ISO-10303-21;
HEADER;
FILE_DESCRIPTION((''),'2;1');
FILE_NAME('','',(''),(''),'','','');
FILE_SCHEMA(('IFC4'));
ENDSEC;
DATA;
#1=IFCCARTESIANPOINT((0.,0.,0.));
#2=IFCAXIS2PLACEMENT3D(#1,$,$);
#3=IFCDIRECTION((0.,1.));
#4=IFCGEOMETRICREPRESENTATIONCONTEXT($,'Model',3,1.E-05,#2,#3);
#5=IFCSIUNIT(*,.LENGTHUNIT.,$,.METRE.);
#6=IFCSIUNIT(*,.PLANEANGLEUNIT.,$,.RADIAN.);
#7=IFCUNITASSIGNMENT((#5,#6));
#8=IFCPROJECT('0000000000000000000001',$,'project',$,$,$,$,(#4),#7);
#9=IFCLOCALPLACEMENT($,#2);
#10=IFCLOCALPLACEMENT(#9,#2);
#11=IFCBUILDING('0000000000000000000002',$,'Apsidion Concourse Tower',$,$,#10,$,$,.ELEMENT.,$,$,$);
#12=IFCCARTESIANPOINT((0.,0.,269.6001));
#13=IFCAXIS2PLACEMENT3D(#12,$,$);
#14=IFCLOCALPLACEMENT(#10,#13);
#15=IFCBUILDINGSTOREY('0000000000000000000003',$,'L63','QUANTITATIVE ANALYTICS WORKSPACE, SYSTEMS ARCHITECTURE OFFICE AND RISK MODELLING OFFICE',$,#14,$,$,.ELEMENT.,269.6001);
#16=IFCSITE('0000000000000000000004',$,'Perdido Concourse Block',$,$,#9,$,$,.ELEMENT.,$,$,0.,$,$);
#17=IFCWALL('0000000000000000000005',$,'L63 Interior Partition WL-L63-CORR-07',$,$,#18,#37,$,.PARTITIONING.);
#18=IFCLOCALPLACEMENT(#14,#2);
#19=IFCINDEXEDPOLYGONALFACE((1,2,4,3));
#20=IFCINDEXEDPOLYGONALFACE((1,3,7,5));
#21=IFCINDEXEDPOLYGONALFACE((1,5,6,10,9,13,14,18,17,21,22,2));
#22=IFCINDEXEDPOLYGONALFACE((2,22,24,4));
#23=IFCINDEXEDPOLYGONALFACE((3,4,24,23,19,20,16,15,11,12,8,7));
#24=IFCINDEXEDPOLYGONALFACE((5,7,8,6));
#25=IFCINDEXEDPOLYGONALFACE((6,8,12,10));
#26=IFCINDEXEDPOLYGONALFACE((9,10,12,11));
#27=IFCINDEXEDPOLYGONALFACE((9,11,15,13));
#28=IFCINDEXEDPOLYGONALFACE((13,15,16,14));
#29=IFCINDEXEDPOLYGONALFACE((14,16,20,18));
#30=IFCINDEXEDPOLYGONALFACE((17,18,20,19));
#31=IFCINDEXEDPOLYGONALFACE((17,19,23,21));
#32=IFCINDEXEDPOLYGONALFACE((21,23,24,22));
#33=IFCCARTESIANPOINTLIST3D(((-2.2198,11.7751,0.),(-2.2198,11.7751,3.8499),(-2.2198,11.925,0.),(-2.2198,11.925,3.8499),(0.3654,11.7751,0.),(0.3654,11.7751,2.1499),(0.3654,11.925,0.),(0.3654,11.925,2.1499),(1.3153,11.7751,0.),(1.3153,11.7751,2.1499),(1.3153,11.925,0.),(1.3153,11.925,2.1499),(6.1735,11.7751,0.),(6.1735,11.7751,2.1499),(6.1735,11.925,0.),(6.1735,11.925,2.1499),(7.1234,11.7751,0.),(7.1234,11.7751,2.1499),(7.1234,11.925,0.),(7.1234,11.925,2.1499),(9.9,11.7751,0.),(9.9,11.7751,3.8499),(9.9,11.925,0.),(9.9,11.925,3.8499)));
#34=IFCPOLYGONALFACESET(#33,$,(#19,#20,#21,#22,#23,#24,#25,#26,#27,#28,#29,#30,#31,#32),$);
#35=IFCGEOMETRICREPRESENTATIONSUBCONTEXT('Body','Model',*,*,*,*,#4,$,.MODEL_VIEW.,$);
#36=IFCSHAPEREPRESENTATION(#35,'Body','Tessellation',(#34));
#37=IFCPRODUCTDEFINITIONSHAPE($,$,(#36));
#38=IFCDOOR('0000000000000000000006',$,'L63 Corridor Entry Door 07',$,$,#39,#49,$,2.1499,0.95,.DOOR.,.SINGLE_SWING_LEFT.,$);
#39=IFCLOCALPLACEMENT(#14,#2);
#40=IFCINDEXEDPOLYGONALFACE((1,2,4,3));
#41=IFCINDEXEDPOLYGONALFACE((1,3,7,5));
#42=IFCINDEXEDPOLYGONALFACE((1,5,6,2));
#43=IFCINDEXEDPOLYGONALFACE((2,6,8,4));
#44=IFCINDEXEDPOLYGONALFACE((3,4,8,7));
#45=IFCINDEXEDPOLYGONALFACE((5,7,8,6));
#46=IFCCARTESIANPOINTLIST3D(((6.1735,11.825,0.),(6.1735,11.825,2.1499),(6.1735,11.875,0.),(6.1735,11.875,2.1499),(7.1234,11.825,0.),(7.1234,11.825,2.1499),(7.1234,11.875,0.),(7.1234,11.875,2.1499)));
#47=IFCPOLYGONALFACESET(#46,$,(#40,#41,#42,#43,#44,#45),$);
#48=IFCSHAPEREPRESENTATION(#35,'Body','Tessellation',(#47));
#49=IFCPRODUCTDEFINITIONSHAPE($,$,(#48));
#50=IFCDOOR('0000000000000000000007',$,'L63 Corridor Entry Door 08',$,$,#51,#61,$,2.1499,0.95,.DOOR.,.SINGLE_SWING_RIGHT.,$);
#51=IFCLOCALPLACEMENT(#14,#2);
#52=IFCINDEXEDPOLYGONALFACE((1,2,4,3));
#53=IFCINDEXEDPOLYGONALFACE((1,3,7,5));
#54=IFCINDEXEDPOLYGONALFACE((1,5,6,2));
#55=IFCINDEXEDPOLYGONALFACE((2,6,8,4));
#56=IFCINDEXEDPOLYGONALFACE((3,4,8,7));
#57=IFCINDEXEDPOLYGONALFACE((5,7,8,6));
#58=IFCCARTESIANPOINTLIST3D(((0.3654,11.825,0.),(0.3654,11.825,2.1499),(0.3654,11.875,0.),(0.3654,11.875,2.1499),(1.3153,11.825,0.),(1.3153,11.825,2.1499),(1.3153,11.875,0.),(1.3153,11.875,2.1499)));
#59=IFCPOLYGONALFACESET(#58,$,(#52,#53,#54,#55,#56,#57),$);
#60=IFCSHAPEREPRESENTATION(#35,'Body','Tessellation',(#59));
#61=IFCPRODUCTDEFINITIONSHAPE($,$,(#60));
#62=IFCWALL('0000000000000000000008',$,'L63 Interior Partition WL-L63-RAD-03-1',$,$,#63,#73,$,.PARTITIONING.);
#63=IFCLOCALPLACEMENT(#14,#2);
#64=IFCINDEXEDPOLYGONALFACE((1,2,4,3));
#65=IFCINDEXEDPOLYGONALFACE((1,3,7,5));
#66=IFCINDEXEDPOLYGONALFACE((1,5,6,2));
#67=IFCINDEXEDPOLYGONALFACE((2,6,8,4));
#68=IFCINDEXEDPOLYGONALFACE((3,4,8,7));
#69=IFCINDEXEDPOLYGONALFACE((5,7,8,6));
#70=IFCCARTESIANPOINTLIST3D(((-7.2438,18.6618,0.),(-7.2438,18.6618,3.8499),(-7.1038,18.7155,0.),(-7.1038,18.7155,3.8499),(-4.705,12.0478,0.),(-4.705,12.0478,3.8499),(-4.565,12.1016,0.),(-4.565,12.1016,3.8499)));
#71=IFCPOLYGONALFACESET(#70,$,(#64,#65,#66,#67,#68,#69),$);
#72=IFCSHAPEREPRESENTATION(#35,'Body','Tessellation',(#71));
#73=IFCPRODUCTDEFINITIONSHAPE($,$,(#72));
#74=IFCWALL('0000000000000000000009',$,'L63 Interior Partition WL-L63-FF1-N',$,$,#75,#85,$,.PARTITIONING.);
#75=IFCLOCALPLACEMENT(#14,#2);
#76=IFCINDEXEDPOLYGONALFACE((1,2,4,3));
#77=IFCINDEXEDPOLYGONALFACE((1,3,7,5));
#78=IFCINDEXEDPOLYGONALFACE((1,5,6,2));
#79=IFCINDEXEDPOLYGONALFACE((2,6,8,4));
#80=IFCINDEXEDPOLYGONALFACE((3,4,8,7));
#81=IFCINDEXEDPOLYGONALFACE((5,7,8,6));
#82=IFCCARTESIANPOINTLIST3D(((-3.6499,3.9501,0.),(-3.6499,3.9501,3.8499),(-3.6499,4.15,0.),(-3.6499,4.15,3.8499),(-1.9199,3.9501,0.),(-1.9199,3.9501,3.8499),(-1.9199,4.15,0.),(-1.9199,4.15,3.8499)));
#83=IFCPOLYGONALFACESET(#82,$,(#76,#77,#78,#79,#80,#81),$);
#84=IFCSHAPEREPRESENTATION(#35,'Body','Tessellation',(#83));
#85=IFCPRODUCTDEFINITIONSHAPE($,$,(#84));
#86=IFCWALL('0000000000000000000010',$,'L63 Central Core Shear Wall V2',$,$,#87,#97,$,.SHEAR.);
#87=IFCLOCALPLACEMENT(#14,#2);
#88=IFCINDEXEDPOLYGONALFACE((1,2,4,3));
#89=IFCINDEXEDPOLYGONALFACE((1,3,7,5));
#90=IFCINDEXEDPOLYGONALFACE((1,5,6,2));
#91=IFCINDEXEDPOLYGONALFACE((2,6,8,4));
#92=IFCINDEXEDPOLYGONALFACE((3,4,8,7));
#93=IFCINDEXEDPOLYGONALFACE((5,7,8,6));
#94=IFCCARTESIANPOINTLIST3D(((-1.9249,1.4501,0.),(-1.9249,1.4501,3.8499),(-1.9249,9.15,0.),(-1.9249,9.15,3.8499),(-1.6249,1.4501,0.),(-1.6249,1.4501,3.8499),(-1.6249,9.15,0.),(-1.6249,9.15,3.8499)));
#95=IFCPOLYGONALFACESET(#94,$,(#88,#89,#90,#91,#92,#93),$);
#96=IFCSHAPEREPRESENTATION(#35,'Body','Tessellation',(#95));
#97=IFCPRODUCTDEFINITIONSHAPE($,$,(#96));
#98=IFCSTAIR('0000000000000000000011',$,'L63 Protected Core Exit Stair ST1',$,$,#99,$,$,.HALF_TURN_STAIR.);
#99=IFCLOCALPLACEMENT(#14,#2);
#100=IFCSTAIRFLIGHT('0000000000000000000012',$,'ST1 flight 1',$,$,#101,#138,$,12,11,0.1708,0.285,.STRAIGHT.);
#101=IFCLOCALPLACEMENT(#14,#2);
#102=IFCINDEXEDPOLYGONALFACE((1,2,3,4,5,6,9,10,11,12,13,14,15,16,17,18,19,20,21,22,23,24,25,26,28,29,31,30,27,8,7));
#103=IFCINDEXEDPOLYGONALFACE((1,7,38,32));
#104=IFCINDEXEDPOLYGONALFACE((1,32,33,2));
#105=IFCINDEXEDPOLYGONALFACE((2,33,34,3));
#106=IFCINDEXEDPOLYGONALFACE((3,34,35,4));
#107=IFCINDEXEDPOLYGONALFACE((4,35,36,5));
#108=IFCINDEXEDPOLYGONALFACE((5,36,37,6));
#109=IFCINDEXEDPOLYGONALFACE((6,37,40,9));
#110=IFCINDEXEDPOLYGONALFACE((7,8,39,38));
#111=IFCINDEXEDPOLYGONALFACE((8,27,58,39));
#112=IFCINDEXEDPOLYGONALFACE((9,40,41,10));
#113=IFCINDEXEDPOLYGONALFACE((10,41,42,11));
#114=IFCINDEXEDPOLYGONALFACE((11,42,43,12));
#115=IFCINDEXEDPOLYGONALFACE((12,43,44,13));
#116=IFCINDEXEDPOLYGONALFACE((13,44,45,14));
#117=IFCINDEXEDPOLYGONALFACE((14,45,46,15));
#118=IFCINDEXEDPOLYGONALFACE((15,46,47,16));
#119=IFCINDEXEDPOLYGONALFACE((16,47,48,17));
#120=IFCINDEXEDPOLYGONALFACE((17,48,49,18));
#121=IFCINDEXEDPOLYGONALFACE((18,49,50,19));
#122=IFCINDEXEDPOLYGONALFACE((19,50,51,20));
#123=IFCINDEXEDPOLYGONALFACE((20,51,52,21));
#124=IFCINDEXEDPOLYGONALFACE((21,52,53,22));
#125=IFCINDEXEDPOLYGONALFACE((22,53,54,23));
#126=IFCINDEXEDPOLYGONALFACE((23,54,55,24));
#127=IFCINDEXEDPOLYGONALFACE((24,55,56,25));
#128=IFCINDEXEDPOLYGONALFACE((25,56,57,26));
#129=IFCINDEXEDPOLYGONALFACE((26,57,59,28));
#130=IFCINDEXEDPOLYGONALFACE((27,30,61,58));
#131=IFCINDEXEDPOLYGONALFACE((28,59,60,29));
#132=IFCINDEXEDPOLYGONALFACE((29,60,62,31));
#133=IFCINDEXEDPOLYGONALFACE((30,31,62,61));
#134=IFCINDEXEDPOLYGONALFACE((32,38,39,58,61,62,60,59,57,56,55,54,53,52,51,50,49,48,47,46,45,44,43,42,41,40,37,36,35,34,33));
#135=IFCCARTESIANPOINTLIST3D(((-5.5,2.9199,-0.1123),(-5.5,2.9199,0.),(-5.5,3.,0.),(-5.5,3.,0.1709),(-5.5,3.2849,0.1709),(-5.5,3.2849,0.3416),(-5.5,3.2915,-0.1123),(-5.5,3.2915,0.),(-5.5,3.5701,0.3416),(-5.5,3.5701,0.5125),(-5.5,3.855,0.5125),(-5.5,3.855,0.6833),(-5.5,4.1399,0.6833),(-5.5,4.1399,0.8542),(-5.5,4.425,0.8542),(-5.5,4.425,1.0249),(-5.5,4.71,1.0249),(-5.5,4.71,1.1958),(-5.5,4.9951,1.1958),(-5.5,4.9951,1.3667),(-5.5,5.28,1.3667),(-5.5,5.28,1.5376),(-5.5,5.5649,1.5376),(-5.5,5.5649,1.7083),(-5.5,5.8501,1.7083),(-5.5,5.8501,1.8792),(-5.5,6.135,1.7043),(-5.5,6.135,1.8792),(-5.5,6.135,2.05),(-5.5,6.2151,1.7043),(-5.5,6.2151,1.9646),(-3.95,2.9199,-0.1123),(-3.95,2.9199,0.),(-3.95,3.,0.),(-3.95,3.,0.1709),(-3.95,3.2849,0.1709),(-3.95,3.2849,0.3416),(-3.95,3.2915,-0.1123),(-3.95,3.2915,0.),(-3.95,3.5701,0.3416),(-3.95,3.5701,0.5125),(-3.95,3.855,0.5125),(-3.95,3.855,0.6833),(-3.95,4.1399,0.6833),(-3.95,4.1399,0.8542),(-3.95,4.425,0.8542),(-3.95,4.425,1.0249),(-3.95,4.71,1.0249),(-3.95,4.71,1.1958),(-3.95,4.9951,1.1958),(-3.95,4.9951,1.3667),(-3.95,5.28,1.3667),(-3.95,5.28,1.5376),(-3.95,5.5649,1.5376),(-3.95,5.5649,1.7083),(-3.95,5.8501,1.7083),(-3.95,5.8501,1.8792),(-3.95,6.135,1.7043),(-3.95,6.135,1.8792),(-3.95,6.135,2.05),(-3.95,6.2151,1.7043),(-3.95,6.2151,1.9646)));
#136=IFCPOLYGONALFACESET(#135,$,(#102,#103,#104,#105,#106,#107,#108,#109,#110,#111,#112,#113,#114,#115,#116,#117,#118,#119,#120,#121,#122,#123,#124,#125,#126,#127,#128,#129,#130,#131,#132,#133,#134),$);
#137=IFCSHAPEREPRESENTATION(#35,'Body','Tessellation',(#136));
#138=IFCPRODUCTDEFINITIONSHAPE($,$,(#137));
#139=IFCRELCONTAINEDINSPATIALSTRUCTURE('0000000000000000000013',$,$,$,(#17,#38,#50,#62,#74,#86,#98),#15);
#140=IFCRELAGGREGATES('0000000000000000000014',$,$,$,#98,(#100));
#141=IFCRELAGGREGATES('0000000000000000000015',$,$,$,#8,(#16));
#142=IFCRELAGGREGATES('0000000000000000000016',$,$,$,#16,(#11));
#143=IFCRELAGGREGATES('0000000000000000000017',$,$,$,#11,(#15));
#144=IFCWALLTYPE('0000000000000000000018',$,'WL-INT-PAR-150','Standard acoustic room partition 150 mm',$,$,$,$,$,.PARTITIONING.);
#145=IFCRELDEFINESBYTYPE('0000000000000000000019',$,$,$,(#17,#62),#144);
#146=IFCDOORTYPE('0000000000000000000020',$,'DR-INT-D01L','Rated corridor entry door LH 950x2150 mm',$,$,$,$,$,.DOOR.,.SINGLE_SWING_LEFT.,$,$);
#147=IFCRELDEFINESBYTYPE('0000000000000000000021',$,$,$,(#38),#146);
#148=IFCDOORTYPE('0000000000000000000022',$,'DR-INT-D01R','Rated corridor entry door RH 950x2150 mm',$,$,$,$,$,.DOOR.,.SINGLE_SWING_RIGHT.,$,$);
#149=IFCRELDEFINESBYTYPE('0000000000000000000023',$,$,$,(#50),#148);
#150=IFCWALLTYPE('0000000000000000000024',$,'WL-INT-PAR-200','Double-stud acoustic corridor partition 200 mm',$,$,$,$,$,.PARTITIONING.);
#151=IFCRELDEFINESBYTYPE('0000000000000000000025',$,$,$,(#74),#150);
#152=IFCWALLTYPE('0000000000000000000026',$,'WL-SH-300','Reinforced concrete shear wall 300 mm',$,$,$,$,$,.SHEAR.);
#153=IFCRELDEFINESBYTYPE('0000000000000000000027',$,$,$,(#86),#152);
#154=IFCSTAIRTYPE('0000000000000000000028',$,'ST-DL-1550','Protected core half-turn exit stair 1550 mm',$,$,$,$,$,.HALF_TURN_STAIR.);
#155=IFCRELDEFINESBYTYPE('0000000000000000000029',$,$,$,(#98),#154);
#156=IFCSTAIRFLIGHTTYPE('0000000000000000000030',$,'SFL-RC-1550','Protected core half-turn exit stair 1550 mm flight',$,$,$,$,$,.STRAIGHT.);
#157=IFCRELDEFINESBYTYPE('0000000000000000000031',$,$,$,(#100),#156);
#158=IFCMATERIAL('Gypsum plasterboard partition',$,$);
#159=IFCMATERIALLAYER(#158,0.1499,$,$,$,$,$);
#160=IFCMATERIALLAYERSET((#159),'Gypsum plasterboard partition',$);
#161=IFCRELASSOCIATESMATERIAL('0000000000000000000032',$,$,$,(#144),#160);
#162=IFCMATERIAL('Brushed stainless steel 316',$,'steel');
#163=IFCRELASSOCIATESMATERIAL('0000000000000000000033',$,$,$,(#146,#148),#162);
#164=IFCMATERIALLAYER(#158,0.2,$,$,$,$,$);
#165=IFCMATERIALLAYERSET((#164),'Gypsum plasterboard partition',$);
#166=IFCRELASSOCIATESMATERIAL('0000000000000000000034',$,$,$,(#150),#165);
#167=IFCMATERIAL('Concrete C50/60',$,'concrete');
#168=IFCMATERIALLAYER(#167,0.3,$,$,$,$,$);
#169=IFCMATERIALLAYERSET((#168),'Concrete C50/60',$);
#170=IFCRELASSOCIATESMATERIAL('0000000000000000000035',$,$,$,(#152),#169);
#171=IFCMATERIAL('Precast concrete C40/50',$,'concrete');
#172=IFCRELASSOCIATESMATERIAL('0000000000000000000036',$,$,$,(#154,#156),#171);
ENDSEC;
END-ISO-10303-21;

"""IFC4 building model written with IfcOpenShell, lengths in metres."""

from ifc_helpers import new_model, si_unit, direction, frame, frame_2d, origin, place, context, subcontext, project, spatial, polyline, rectangle, outline, extrude, material, layer, layer_set, type_object, element, fill, aggregate, save


model = new_model("IFC4")

# Units and contexts
model_context = context("Model", 3, precision=1e-05, world=origin(), true_north=direction((0.0, 1.0)))
body_context = subcontext(model_context, "Body", "Model", "MODEL_VIEW")
ifc_project = project(units=[si_unit("LENGTHUNIT", "METRE"), si_unit("PLANEANGLEUNIT", "RADIAN")], contexts=[model_context])

# Site, building, storey
site_placement = place(None, origin())
site = spatial("IfcSite", under=ifc_project, at=site_placement, Name="Perdido Concourse Block", CompositionType="ELEMENT", RefElevation=0.0)
building_placement = place(site_placement, origin())
building = spatial("IfcBuilding", under=site, at=building_placement, Name="Apsidion Concourse Tower", CompositionType="ELEMENT")
storey_placement = place(building_placement, frame((0.0, 0.0, 269.6001)))
storey = spatial("IfcBuildingStorey", under=building, at=storey_placement, Name="L63", Description="QUANTITATIVE ANALYTICS WORKSPACE, SYSTEMS ARCHITECTURE OFFICE AND RISK MODELLING OFFICE", CompositionType="ELEMENT", Elevation=269.6001)

# Shared definitions
ifc_material_1 = material(Name="Concrete C50/60", Category="concrete")

# Shared definitions
ifc_material_2 = material(Name="Gypsum plasterboard partition")
ifc_layer_1 = layer(ifc_material_2, 0.1499)
ifc_layer_set_1 = layer_set([ifc_layer_1], Name="Gypsum plasterboard partition")
wall_type_1 = type_object("IfcWallType", Name="WL-INT-PAR-150", Description="Standard acoustic room partition 150 mm", PredefinedType="PARTITIONING", material=ifc_layer_set_1)

# Wall, openings, doors
wall_1_placement = place(storey_placement, frame((-2.22, 11.8501, 0.0), z_axis=(0.0, 0.0, 1.0), x_axis=(1.0, 0.0, 0.0)))
wall_1 = element("IfcWall", 1, at=wall_1_placement, inside=storey, type_object=wall_type_1, Name="L63 Interior Partition WL-L63-CORR-07", PredefinedType="PARTITIONING", context=body_context, shape_type="SweptSolid", body=[
    extrude(rectangle(XDim=12.1199, YDim=0.1499, at=frame_2d((6.0601, 0.0))), origin(), (0.0, 0.0, 1.0), 3.8499),
])
opening_1_placement = place(wall_1_placement, frame((8.3933, 0.0, 0.0)))
opening_1 = element("IfcOpeningElement", 2, at=opening_1_placement, cuts=wall_1, PredefinedType="OPENING", context=body_context, shape_type="SweptSolid", body=[
    extrude(rectangle(XDim=0.95, YDim=2.1499, at=frame_2d((0.4751, 1.075))), frame((0.0, 0.085, 0.0), z_axis=(0.0, -1.0, 0.0), x_axis=(1.0, 0.0, 0.0)), (0.0, 0.0, 1.0), 0.1699),
])
opening_2_placement = place(wall_1_placement, frame((2.5852, 0.0, 0.0)))
opening_2 = element("IfcOpeningElement", 3, at=opening_2_placement, cuts=wall_1, PredefinedType="OPENING", context=body_context, shape_type="SweptSolid", body=[
    extrude(rectangle(XDim=0.95, YDim=2.1499, at=frame_2d((0.4751, 1.075))), frame((0.0, 0.085, 0.0), z_axis=(0.0, -1.0, 0.0), x_axis=(1.0, 0.0, 0.0)), (0.0, 0.0, 1.0), 0.1699),
])
ifc_material_3 = material(Name="Brushed stainless steel 316", Category="steel")
door_type_1 = type_object("IfcDoorType", Name="DR-INT-D01L", Description="Rated corridor entry door LH 950x2150 mm", OperationType="SINGLE_SWING_LEFT", PredefinedType="DOOR", material=ifc_material_3)
door_1_placement = place(opening_1_placement, origin())
door_1 = element("IfcDoor", 4, at=door_1_placement, inside=storey, type_object=door_type_1, Name="L63 Corridor Entry Door 07", OperationType="SINGLE_SWING_LEFT", OverallHeight=2.1499, OverallWidth=0.95, PredefinedType="DOOR", context=body_context, shape_type="SweptSolid", body=[
    extrude(rectangle(XDim=0.95, YDim=2.1499, at=frame_2d((0.4751, 1.075))), frame((0.0, 0.0249, 0.0), z_axis=(0.0, -1.0, 0.0), x_axis=(1.0, 0.0, 0.0)), (0.0, 0.0, 1.0), 0.05),
])
fill(opening_1, door_1)
door_type_2 = type_object("IfcDoorType", Name="DR-INT-D01R", Description="Rated corridor entry door RH 950x2150 mm", OperationType="SINGLE_SWING_RIGHT", PredefinedType="DOOR", material=ifc_material_3)
door_2_placement = place(opening_2_placement, origin())
door_2 = element("IfcDoor", 5, at=door_2_placement, inside=storey, type_object=door_type_2, Name="L63 Corridor Entry Door 08", OperationType="SINGLE_SWING_RIGHT", OverallHeight=2.1499, OverallWidth=0.95, PredefinedType="DOOR", context=body_context, shape_type="SweptSolid", body=[
    extrude(rectangle(XDim=0.95, YDim=2.1499, at=frame_2d((0.4751, 1.075))), frame((0.0, 0.0249, 0.0), z_axis=(0.0, -1.0, 0.0), x_axis=(1.0, 0.0, 0.0)), (0.0, 0.0, 1.0), 0.05),
])
fill(opening_2, door_2)

# Walls
wall_2_placement = place(storey_placement, frame((-4.635, 12.0747, 0.0), z_axis=(0.0, 0.0, 1.0), x_axis=(-0.35836, 0.933583, 0.0)))
element("IfcWall", 6, at=wall_2_placement, inside=storey, type_object=wall_type_1, Name="L63 Interior Partition WL-L63-RAD-03-1", PredefinedType="PARTITIONING", context=body_context, shape_type="SweptSolid", body=[
    extrude(rectangle(XDim=7.0845, YDim=0.1499, at=frame_2d((3.5422, 0.0))), origin(), (0.0, 0.0, 1.0), 3.8499),
])
ifc_layer_2 = layer(ifc_material_2, 0.2)
ifc_layer_set_2 = layer_set([ifc_layer_2], Name="Gypsum plasterboard partition")
wall_type_2 = type_object("IfcWallType", Name="WL-INT-PAR-200", Description="Double-stud acoustic corridor partition 200 mm", PredefinedType="PARTITIONING", material=ifc_layer_set_2)
wall_3_placement = place(storey_placement, frame((-3.6499, 4.05, 0.0), z_axis=(0.0, 0.0, 1.0), x_axis=(1.0, 0.0, 0.0)))
element("IfcWall", 7, at=wall_3_placement, inside=storey, type_object=wall_type_2, Name="L63 Interior Partition WL-L63-FF1-N", PredefinedType="PARTITIONING", context=body_context, shape_type="SweptSolid", body=[
    extrude(rectangle(XDim=1.73, YDim=0.2, at=frame_2d((0.865, 0.0))), origin(), (0.0, 0.0, 1.0), 3.8499),
])
ifc_layer_3 = layer(ifc_material_1, 0.3)
ifc_layer_set_3 = layer_set([ifc_layer_3], Name="Concrete C50/60")
wall_type_3 = type_object("IfcWallType", Name="WL-SH-300", Description="Reinforced concrete shear wall 300 mm", PredefinedType="SHEAR", material=ifc_layer_set_3)
wall_4_placement = place(storey_placement, frame((-1.7749, 1.45, 0.0), z_axis=(0.0, 0.0, 1.0), x_axis=(0.0, 1.0, 0.0)))
element("IfcWall", 8, at=wall_4_placement, inside=storey, type_object=wall_type_3, Name="L63 Central Core Shear Wall V2", PredefinedType="SHEAR", context=body_context, shape_type="SweptSolid", body=[
    extrude(rectangle(XDim=7.7, YDim=0.3, at=frame_2d((3.8501, 0.0))), origin(), (0.0, 0.0, 1.0), 3.8499),
])

# Stair, stair flight
ifc_material_4 = material(Name="Precast concrete C40/50", Category="concrete")
stair_type = type_object("IfcStairType", Name="ST-DL-1550", Description="Protected core half-turn exit stair 1550 mm", PredefinedType="HALF_TURN_STAIR", material=ifc_material_4)
stair_1_placement = place(storey_placement, origin())
stair_1 = element("IfcStair", 9, at=stair_1_placement, inside=storey, type_object=stair_type, Name="L63 Protected Core Exit Stair ST1", PredefinedType="HALF_TURN_STAIR")
stair_flight_type = type_object("IfcStairFlightType", Name="SFL-RC-1550", Description="Protected core half-turn exit stair 1550 mm flight", PredefinedType="STRAIGHT", material=ifc_material_4)
stair_flight_1_placement = place(storey_placement, frame((-4.7251, 3.0, 0.0), z_axis=(0.0, 0.0, 1.0), x_axis=(0.0, 1.0, 0.0)))
stair_flight_1 = element("IfcStairFlight", 10, at=stair_flight_1_placement, type_object=stair_flight_type, Name="ST1 flight 1", NumberOfRisers=12, NumberOfTreads=11, PredefinedType="STRAIGHT", RiserHeight=0.1708, TreadLength=0.285, context=body_context, shape_type="SweptSolid", body=[
    extrude(outline(polyline([(-0.0801, -0.1123), (-0.0801, 0.0), (0.0, 0.0), (0.0, 0.1709), (0.2849, 0.1709), (0.2849, 0.3416), (0.5701, 0.3416), (0.5701, 0.5125), (0.855, 0.5125), (0.855, 0.6833), (1.1399, 0.6833), (1.1399, 0.8542), (1.425, 0.8542), (1.425, 1.0249), (1.71, 1.0249), (1.71, 1.1958), (1.9951, 1.1958), (1.9951, 1.3667), (2.28, 1.3667), (2.28, 1.5376), (2.5649, 1.5376), (2.5649, 1.7083), (2.8501, 1.7083), (2.8501, 1.8792), (3.135, 1.8792), (3.135, 2.05), (3.2151, 1.9646), (3.2151, 1.7043), (3.135, 1.7043), (0.2915, 0.0), (0.2915, -0.1123), (-0.0801, -0.1123)])), frame((0.0, 0.7749, 0.0), z_axis=(0.0, -1.0, 0.0), x_axis=(1.0, 0.0, 0.0)), (0.0, 0.0, 1.0), 1.55),
])
aggregate(stair_1, [stair_flight_1])

save(model, "model.ifc")
